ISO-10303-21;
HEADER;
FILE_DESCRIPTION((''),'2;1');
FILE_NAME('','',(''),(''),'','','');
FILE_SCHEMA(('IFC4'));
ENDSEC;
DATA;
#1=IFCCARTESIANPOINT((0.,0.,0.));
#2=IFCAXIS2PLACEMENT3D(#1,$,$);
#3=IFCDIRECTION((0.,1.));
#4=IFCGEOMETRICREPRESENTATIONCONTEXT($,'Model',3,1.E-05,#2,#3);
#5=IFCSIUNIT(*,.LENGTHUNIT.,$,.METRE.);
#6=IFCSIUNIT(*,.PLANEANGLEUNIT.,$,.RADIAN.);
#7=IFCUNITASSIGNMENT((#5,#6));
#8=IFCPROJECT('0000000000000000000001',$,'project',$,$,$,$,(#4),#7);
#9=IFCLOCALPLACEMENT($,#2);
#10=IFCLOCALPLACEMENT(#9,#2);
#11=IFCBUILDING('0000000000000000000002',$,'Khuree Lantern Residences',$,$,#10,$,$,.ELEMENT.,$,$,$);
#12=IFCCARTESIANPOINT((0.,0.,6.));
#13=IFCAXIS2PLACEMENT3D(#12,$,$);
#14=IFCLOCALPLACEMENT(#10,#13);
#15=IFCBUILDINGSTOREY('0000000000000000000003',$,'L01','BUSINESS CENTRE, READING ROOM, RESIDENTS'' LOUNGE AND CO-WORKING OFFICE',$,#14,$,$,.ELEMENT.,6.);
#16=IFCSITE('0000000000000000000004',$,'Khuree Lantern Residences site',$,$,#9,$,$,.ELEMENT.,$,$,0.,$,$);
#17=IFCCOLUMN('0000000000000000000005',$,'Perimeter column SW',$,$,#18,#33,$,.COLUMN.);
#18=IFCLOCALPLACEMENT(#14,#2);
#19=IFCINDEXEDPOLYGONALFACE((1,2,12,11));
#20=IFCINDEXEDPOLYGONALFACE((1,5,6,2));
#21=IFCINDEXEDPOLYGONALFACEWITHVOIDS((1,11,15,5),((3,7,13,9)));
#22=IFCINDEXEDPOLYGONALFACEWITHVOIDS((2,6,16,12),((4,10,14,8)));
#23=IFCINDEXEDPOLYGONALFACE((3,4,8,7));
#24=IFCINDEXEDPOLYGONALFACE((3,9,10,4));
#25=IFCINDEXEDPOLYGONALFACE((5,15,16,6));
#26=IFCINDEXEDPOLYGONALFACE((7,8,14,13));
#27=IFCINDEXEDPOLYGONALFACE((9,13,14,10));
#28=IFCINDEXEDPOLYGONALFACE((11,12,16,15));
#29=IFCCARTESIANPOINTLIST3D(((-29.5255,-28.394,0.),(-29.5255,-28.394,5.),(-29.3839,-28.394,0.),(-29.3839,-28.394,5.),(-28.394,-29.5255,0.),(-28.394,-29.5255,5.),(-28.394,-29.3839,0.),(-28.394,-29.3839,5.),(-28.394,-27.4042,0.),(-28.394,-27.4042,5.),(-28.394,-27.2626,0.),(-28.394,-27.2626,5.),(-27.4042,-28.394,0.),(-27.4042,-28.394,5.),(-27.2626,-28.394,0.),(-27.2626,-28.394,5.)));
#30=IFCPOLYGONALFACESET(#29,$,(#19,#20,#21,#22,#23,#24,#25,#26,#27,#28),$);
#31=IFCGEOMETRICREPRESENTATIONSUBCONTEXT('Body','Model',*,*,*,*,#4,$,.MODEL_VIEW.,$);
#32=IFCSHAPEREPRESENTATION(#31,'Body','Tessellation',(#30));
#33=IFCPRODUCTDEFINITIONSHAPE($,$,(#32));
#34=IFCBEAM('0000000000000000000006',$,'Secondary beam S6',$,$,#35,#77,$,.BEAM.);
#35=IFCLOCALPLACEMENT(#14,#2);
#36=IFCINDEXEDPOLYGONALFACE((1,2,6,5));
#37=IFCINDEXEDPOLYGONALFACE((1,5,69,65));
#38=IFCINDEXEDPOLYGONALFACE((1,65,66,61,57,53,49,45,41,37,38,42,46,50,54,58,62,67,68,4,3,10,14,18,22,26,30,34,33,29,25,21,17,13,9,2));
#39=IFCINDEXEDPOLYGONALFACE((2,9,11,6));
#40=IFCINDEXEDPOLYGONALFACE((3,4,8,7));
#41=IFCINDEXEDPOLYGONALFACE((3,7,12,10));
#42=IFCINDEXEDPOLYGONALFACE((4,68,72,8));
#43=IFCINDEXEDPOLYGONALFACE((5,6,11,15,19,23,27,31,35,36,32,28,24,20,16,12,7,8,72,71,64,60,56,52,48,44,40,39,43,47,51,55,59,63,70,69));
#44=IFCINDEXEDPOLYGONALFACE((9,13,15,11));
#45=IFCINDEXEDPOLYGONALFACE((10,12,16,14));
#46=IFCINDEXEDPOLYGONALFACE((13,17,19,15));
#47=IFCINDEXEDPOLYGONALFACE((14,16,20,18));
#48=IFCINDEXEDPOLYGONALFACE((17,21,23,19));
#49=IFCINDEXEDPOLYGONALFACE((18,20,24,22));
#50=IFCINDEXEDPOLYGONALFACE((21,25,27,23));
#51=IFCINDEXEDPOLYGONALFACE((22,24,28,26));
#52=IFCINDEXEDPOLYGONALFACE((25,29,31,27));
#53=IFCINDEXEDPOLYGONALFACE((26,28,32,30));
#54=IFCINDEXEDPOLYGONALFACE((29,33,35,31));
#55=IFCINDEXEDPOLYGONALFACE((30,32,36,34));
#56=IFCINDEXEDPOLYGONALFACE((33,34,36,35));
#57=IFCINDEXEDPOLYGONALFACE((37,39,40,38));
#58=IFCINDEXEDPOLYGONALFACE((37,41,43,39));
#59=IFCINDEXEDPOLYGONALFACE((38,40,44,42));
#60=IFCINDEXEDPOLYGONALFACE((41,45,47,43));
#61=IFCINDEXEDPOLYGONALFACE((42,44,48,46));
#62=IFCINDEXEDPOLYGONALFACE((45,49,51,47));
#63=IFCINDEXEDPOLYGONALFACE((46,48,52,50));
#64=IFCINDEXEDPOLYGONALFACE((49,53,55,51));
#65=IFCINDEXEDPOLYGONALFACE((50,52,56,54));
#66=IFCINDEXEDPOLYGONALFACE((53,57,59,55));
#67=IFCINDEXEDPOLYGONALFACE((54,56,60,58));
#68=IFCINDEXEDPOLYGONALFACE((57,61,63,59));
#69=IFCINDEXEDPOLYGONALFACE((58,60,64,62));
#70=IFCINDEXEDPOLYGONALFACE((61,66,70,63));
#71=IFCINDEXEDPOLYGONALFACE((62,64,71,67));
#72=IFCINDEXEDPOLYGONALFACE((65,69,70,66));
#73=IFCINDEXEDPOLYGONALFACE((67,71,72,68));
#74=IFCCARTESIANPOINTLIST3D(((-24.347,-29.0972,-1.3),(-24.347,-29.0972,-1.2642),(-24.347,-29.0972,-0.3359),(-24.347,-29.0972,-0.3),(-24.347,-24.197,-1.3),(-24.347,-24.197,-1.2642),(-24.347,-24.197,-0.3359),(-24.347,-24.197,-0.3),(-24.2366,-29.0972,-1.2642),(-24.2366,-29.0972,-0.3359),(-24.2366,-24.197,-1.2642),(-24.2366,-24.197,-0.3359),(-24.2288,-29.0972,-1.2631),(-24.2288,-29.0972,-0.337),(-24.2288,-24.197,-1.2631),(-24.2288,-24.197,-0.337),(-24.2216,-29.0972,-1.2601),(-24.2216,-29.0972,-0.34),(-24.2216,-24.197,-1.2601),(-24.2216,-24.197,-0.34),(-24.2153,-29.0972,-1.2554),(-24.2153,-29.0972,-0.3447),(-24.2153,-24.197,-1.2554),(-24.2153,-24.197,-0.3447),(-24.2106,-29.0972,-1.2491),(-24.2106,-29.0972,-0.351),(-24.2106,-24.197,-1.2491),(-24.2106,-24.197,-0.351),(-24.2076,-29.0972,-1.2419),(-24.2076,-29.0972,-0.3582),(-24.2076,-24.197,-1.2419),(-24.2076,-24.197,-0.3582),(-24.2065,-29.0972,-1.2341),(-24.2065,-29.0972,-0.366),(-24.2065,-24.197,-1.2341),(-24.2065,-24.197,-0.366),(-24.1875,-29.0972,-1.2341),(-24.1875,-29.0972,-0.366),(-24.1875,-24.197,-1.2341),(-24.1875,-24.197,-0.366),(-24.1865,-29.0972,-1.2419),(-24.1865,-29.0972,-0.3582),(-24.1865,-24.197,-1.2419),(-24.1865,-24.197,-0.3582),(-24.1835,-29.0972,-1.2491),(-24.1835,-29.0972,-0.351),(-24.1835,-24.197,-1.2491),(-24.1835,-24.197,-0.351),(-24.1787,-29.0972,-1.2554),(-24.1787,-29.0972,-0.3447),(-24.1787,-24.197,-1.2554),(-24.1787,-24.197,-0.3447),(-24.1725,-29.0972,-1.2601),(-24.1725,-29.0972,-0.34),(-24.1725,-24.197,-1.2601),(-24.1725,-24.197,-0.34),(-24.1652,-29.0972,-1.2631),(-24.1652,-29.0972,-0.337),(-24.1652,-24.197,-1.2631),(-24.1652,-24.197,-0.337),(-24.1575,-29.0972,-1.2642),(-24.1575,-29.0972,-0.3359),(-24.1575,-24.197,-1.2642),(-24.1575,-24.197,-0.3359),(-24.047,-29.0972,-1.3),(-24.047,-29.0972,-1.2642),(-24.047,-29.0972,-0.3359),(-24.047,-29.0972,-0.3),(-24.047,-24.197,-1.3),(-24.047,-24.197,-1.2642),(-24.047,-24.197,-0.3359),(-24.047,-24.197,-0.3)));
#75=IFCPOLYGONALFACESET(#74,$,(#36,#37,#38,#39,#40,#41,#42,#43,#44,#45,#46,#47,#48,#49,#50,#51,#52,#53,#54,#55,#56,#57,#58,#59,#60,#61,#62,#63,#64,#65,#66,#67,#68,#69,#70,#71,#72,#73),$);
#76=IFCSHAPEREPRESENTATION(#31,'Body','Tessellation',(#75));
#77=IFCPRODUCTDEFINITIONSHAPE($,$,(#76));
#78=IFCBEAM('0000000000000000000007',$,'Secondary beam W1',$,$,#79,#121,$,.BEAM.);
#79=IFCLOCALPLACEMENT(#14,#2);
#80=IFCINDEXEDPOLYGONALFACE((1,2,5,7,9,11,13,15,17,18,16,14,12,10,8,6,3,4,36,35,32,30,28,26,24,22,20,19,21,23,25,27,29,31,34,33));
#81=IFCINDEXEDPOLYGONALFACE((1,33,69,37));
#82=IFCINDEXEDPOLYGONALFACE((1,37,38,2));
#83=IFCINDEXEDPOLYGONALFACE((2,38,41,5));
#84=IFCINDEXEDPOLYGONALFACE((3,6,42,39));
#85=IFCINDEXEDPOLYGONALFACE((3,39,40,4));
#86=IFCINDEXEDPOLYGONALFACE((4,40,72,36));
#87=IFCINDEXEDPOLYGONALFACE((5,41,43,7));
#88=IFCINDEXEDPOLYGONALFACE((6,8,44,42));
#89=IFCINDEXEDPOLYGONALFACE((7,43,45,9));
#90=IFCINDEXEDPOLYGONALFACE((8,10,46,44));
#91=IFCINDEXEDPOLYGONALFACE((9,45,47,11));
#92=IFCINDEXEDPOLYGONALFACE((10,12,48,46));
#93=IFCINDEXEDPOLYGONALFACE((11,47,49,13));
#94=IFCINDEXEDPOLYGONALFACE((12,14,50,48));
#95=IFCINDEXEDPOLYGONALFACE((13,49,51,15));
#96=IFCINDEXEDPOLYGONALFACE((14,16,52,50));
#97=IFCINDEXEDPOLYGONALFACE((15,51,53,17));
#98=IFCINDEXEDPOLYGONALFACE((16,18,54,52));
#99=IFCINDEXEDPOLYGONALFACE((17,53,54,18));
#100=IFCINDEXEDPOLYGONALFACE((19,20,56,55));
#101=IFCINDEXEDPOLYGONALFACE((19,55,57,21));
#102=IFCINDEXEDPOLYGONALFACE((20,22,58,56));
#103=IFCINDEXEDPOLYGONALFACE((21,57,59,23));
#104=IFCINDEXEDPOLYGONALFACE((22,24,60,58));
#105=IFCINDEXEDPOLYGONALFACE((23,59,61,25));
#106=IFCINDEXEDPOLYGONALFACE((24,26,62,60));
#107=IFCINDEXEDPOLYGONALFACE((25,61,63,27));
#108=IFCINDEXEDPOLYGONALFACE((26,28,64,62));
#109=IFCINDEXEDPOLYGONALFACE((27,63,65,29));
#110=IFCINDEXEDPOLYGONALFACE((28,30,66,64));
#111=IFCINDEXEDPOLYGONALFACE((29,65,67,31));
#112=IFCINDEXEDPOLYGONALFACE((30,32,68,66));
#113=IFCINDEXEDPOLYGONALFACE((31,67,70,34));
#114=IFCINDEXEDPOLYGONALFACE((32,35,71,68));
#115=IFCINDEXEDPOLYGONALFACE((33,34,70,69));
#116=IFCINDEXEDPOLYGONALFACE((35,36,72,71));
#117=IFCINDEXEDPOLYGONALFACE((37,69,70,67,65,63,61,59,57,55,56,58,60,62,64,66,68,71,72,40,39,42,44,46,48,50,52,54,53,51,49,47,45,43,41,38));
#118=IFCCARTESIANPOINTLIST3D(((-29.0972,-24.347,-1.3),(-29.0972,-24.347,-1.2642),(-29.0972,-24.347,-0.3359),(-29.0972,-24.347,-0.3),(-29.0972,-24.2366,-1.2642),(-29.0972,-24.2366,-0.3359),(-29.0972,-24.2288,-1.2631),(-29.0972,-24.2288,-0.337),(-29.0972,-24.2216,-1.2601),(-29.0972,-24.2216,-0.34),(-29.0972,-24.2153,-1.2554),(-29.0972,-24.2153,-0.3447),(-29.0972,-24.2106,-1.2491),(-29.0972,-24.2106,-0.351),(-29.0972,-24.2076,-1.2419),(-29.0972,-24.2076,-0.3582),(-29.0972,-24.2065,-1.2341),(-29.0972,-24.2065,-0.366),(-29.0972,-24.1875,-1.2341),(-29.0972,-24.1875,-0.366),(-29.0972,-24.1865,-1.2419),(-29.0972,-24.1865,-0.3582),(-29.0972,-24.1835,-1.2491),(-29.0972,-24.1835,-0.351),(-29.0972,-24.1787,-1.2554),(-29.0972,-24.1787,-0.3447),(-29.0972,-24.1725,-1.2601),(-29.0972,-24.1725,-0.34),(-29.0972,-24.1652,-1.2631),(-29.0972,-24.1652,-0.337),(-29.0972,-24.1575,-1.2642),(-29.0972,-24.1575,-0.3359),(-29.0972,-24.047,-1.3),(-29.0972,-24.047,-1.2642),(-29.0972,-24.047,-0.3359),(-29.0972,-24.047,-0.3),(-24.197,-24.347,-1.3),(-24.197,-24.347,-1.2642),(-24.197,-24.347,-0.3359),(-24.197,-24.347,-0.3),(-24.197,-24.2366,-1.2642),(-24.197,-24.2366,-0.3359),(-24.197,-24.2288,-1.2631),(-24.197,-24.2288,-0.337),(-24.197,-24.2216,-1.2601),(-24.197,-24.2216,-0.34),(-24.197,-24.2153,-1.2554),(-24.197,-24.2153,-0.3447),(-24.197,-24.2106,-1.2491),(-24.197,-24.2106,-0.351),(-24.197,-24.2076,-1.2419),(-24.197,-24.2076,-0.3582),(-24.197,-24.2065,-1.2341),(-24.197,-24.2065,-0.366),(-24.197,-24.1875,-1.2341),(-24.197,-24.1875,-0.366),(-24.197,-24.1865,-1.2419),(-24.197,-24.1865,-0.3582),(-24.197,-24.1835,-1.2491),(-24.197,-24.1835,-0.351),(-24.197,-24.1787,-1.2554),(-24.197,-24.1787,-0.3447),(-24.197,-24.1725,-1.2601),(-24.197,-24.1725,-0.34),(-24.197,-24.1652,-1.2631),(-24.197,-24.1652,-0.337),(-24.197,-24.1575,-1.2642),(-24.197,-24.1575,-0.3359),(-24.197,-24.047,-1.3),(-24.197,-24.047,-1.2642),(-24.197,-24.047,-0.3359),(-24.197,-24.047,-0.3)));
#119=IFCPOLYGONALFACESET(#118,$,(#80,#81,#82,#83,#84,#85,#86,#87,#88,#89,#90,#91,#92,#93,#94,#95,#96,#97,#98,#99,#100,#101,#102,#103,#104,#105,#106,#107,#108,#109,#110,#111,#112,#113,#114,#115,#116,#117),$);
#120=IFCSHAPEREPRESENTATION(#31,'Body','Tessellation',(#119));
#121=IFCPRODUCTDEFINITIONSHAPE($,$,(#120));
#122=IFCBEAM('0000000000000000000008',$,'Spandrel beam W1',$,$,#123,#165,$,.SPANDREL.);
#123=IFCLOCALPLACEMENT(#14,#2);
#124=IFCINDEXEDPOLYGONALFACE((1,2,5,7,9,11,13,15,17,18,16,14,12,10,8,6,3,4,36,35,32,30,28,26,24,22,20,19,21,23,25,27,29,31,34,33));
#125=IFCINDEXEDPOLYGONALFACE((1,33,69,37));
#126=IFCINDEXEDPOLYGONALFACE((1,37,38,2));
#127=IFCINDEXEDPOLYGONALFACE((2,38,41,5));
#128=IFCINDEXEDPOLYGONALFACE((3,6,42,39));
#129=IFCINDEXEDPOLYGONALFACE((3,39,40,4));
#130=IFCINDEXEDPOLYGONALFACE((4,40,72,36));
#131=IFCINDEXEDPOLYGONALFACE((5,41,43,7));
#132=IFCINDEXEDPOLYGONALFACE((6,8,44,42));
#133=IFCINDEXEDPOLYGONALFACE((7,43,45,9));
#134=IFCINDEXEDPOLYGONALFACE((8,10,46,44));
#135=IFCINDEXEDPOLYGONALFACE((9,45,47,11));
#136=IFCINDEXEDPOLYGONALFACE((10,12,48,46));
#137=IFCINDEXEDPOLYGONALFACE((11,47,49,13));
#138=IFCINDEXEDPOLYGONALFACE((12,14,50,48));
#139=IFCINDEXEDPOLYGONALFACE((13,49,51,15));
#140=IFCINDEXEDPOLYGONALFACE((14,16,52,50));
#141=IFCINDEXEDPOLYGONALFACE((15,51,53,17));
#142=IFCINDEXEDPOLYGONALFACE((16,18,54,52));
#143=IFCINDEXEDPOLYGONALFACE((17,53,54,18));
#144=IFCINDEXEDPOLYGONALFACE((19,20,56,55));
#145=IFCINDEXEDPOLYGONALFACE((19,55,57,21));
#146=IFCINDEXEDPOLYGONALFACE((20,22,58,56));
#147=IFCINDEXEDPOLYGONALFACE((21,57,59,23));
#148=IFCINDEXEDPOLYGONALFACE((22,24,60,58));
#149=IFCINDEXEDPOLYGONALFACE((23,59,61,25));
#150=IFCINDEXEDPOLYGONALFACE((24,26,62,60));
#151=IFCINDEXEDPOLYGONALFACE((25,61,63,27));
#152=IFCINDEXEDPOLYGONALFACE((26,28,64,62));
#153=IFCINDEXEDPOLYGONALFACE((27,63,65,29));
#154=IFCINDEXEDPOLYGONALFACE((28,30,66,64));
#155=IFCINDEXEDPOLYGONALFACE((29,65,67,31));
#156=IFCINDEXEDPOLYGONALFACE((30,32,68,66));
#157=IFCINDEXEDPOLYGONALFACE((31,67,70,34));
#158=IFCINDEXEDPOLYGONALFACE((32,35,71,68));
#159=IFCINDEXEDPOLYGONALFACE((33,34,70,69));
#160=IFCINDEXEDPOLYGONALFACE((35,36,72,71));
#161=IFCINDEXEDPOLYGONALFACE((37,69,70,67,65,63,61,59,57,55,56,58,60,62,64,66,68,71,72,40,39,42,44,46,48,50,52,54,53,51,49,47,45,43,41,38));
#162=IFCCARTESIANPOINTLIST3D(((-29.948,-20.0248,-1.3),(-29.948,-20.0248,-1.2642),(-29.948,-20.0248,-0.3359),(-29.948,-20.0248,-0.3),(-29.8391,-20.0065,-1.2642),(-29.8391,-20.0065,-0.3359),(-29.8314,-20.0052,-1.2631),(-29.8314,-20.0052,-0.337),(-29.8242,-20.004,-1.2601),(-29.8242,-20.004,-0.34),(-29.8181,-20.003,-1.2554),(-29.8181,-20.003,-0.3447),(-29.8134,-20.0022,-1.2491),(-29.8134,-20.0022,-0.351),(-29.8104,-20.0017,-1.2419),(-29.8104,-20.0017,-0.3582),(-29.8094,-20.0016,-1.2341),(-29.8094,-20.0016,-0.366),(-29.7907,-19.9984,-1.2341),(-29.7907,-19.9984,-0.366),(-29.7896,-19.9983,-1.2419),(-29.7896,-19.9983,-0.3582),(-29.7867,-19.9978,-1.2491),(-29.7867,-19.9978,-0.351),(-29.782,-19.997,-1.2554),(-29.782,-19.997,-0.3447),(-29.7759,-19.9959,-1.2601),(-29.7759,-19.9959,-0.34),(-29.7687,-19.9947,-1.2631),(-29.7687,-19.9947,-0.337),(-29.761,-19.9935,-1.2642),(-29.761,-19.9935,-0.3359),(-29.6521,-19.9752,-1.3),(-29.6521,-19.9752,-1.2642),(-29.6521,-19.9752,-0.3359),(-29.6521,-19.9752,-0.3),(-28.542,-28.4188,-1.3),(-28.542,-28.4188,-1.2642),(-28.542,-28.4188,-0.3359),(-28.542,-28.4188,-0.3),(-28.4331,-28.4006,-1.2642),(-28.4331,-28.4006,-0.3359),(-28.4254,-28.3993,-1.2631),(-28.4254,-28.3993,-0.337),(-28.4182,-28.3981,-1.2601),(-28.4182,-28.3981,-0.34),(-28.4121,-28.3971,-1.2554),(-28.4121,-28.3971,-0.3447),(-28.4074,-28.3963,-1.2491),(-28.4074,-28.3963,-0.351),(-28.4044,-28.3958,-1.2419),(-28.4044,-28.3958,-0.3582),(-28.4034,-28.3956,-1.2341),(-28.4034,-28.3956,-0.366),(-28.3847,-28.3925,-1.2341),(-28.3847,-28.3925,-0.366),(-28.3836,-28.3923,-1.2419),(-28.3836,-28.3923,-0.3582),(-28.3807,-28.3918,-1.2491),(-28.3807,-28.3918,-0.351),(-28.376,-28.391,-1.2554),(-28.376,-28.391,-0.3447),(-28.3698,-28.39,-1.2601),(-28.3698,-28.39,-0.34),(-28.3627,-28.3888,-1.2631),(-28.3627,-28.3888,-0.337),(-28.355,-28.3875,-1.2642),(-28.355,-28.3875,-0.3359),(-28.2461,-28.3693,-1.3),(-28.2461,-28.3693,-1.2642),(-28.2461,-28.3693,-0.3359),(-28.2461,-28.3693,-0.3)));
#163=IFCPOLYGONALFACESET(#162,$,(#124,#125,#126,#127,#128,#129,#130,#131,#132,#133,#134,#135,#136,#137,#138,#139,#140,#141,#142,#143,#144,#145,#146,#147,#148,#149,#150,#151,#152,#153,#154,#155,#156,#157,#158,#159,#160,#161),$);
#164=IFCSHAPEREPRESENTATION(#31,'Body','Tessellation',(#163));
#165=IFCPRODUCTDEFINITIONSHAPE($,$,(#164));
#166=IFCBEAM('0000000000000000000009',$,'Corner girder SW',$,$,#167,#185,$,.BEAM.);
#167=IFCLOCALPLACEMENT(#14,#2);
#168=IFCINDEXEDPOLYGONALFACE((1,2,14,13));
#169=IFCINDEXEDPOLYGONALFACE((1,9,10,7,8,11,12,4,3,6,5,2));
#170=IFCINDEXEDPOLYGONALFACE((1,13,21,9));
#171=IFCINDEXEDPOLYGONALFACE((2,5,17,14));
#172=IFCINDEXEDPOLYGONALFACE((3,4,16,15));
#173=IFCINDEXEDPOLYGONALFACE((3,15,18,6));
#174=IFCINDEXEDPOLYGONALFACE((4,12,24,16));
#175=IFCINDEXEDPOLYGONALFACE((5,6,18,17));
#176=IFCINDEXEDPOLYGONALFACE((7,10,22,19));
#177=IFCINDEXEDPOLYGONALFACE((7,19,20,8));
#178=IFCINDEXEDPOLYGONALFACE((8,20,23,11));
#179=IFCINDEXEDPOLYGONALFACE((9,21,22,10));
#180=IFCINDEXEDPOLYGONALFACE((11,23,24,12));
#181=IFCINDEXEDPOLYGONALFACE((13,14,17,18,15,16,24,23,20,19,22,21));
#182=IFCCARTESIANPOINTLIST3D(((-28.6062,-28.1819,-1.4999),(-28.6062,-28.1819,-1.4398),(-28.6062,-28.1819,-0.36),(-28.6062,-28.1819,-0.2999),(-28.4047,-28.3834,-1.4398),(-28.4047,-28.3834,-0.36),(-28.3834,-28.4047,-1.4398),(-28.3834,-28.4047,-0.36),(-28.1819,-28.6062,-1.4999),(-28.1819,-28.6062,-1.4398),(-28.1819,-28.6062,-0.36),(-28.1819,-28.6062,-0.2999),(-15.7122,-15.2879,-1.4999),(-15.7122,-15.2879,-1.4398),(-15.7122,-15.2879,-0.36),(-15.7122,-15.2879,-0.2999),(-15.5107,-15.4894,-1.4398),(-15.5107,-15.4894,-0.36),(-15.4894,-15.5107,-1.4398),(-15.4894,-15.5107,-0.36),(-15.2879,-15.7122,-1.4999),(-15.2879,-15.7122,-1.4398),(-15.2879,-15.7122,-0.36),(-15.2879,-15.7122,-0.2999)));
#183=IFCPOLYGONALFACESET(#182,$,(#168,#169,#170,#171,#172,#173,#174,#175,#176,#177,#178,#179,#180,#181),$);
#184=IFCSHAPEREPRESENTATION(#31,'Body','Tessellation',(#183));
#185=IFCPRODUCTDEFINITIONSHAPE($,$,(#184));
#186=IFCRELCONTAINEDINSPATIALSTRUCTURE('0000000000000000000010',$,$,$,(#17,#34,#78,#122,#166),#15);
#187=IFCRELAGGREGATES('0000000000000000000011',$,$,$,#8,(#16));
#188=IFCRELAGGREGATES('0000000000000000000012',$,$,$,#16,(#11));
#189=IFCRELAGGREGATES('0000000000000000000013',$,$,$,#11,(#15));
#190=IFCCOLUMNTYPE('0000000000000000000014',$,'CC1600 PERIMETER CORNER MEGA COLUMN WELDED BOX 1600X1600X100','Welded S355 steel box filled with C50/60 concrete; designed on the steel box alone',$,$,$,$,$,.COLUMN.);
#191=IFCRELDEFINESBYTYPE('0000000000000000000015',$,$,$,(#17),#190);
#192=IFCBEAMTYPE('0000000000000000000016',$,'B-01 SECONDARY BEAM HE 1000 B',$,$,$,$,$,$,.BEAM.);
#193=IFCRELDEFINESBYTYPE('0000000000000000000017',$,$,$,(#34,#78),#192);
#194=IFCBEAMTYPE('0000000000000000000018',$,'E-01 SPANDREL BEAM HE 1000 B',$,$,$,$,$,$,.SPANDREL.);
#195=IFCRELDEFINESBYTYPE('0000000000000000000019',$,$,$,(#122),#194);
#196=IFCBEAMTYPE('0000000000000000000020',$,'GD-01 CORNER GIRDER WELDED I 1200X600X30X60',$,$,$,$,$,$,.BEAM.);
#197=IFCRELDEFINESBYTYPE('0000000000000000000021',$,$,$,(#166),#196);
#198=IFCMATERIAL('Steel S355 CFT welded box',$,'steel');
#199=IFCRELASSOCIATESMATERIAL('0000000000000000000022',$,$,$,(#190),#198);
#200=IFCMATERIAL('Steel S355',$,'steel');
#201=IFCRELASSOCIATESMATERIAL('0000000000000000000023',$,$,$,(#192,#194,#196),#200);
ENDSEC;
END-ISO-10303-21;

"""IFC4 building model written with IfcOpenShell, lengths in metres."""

from ifc_helpers import new_model, si_unit, direction, frame, origin, origin_2d, place, context, subcontext, project, spatial, hollow_rectangle, i_section, extrude, material, material_profile, profile_set, type_object, element, save


model = new_model("IFC4")

# Units and contexts
model_context = context("Model", 3, precision=1e-05, world=origin(), true_north=direction((0.0, 1.0)))
body_context = subcontext(model_context, "Body", "Model", "MODEL_VIEW")
ifc_project = project(units=[si_unit("LENGTHUNIT", "METRE"), si_unit("PLANEANGLEUNIT", "RADIAN")], contexts=[model_context])

# Site, building, storey
site_placement = place(None, origin())
site = spatial("IfcSite", under=ifc_project, at=site_placement, Name="Khuree Lantern Residences site", CompositionType="ELEMENT", RefElevation=0.0)
building_placement = place(site_placement, origin())
building = spatial("IfcBuilding", under=site, at=building_placement, Name="Khuree Lantern Residences", CompositionType="ELEMENT")
storey_placement = place(building_placement, frame((0.0, 0.0, 6.0)))
storey = spatial("IfcBuildingStorey", under=building, at=storey_placement, Name="L01", Description="BUSINESS CENTRE, READING ROOM, RESIDENTS' LOUNGE AND CO-WORKING OFFICE", CompositionType="ELEMENT", Elevation=6.0)

# Column
ifc_material_1 = material(Name="Steel S355 CFT welded box", Category="steel")
ifc_material_profile_1 = material_profile(ifc_material_1, hollow_rectangle(XDim=1.6001, YDim=1.6001, WallThickness=0.1001, at=origin_2d()), Name="WELDED BOX 1600X1600X100")
ifc_profile_set_1 = profile_set([ifc_material_profile_1], Name="Steel S355 CFT welded box")
column_type = type_object("IfcColumnType", Name="CC1600 PERIMETER CORNER MEGA COLUMN WELDED BOX 1600X1600X100", Description="Welded S355 steel box filled with C50/60 concrete; designed on the steel box alone", PredefinedType="COLUMN", material=ifc_profile_set_1)
column_placement = place(storey_placement, frame((-28.394, -28.394, 0.0), z_axis=(0.0, 0.0, 1.0), x_axis=(0.707107, -0.707107, 0.0)))
element("IfcColumn", 1, at=column_placement, inside=storey, type_object=column_type, Name="Perimeter column SW", PredefinedType="COLUMN", context=body_context, shape_type="SweptSolid", body=[
    extrude(hollow_rectangle(XDim=1.6001, YDim=1.6001, WallThickness=0.1001, at=origin_2d()), origin(), (0.0, 0.0, 1.0), 5.0),
])

# Beams
ifc_material_2 = material(Name="Steel S355", Category="steel")
ifc_material_profile_2 = material_profile(ifc_material_2, i_section(OverallWidth=0.3, OverallDepth=1.0, WebThickness=0.019, FlangeThickness=0.0359, FilletRadius=0.03, at=origin_2d()), Name="HE 1000 B")
ifc_profile_set_2 = profile_set([ifc_material_profile_2], Name="Steel S355")
beam_type_1 = type_object("IfcBeamType", Name="B-01 SECONDARY BEAM HE 1000 B", PredefinedType="BEAM", material=ifc_profile_set_2)
for number, where, z_axis, x_axis, name in (
    (2, (-24.197, -29.0972, -0.8), (0.0, 1.0, 0.0), (-1.0, 0.0, 0.0), "Secondary beam S6"),
    (3, (-29.0972, -24.197, -0.8), (1.0, 0.0, 0.0), (0.0, 1.0, 0.0), "Secondary beam W1"),
):
    element("IfcBeam", number, at=place(storey_placement, frame(where, z_axis=z_axis, x_axis=x_axis)), inside=storey, type_object=beam_type_1, Name=name, PredefinedType="BEAM", context=body_context, shape_type="SweptSolid", body=[
        extrude(i_section(OverallWidth=0.3, OverallDepth=1.0, WebThickness=0.019, FlangeThickness=0.0359, FilletRadius=0.03, at=origin_2d()), origin(), (0.0, 0.0, 1.0), 4.9001),
    ])
ifc_material_profile_3 = material_profile(ifc_material_2, i_section(OverallWidth=0.3, OverallDepth=1.0, WebThickness=0.019, FlangeThickness=0.0359, FilletRadius=0.03, at=origin_2d()), Name="HE 1000 B")
ifc_profile_set_3 = profile_set([ifc_material_profile_3], Name="Steel S355")
beam_type_2 = type_object("IfcBeamType", Name="E-01 SPANDREL BEAM HE 1000 B", PredefinedType="SPANDREL", material=ifc_profile_set_3)
beam_1_placement = place(storey_placement, frame((-28.394, -28.394, -0.8), z_axis=(-0.165199, 0.98626, 0.0), x_axis=(-0.98626, -0.165199, 0.0)))
element("IfcBeam", 4, at=beam_1_placement, inside=storey, type_object=beam_type_2, Name="Spandrel beam W1", PredefinedType="SPANDREL", context=body_context, shape_type="SweptSolid", body=[
    extrude(i_section(OverallWidth=0.3, OverallDepth=1.0, WebThickness=0.019, FlangeThickness=0.0359, FilletRadius=0.03, at=origin_2d()), origin(), (0.0, 0.0, 1.0), 8.511),
])
ifc_material_profile_4 = material_profile(ifc_material_2, i_section(OverallWidth=0.6001, OverallDepth=1.2, WebThickness=0.03, FlangeThickness=0.0601, at=origin_2d()), Name="WELDED I 1200X600X30X60")
ifc_profile_set_4 = profile_set([ifc_material_profile_4], Name="Steel S355")
beam_type_3 = type_object("IfcBeamType", Name="GD-01 CORNER GIRDER WELDED I 1200X600X30X60", PredefinedType="BEAM", material=ifc_profile_set_4)
beam_2_placement = place(storey_placement, frame((-28.394, -28.394, -0.8999), z_axis=(0.707107, 0.707107, 0.0), x_axis=(-0.707107, 0.707107, 0.0)))
element("IfcBeam", 5, at=beam_2_placement, inside=storey, type_object=beam_type_3, Name="Corner girder SW", PredefinedType="BEAM", context=body_context, shape_type="SweptSolid", body=[
    extrude(i_section(OverallWidth=0.6001, OverallDepth=1.2, WebThickness=0.03, FlangeThickness=0.0601, at=origin_2d()), origin(), (0.0, 0.0, 1.0), 18.2349),
])

save(model, "model.ifc")
